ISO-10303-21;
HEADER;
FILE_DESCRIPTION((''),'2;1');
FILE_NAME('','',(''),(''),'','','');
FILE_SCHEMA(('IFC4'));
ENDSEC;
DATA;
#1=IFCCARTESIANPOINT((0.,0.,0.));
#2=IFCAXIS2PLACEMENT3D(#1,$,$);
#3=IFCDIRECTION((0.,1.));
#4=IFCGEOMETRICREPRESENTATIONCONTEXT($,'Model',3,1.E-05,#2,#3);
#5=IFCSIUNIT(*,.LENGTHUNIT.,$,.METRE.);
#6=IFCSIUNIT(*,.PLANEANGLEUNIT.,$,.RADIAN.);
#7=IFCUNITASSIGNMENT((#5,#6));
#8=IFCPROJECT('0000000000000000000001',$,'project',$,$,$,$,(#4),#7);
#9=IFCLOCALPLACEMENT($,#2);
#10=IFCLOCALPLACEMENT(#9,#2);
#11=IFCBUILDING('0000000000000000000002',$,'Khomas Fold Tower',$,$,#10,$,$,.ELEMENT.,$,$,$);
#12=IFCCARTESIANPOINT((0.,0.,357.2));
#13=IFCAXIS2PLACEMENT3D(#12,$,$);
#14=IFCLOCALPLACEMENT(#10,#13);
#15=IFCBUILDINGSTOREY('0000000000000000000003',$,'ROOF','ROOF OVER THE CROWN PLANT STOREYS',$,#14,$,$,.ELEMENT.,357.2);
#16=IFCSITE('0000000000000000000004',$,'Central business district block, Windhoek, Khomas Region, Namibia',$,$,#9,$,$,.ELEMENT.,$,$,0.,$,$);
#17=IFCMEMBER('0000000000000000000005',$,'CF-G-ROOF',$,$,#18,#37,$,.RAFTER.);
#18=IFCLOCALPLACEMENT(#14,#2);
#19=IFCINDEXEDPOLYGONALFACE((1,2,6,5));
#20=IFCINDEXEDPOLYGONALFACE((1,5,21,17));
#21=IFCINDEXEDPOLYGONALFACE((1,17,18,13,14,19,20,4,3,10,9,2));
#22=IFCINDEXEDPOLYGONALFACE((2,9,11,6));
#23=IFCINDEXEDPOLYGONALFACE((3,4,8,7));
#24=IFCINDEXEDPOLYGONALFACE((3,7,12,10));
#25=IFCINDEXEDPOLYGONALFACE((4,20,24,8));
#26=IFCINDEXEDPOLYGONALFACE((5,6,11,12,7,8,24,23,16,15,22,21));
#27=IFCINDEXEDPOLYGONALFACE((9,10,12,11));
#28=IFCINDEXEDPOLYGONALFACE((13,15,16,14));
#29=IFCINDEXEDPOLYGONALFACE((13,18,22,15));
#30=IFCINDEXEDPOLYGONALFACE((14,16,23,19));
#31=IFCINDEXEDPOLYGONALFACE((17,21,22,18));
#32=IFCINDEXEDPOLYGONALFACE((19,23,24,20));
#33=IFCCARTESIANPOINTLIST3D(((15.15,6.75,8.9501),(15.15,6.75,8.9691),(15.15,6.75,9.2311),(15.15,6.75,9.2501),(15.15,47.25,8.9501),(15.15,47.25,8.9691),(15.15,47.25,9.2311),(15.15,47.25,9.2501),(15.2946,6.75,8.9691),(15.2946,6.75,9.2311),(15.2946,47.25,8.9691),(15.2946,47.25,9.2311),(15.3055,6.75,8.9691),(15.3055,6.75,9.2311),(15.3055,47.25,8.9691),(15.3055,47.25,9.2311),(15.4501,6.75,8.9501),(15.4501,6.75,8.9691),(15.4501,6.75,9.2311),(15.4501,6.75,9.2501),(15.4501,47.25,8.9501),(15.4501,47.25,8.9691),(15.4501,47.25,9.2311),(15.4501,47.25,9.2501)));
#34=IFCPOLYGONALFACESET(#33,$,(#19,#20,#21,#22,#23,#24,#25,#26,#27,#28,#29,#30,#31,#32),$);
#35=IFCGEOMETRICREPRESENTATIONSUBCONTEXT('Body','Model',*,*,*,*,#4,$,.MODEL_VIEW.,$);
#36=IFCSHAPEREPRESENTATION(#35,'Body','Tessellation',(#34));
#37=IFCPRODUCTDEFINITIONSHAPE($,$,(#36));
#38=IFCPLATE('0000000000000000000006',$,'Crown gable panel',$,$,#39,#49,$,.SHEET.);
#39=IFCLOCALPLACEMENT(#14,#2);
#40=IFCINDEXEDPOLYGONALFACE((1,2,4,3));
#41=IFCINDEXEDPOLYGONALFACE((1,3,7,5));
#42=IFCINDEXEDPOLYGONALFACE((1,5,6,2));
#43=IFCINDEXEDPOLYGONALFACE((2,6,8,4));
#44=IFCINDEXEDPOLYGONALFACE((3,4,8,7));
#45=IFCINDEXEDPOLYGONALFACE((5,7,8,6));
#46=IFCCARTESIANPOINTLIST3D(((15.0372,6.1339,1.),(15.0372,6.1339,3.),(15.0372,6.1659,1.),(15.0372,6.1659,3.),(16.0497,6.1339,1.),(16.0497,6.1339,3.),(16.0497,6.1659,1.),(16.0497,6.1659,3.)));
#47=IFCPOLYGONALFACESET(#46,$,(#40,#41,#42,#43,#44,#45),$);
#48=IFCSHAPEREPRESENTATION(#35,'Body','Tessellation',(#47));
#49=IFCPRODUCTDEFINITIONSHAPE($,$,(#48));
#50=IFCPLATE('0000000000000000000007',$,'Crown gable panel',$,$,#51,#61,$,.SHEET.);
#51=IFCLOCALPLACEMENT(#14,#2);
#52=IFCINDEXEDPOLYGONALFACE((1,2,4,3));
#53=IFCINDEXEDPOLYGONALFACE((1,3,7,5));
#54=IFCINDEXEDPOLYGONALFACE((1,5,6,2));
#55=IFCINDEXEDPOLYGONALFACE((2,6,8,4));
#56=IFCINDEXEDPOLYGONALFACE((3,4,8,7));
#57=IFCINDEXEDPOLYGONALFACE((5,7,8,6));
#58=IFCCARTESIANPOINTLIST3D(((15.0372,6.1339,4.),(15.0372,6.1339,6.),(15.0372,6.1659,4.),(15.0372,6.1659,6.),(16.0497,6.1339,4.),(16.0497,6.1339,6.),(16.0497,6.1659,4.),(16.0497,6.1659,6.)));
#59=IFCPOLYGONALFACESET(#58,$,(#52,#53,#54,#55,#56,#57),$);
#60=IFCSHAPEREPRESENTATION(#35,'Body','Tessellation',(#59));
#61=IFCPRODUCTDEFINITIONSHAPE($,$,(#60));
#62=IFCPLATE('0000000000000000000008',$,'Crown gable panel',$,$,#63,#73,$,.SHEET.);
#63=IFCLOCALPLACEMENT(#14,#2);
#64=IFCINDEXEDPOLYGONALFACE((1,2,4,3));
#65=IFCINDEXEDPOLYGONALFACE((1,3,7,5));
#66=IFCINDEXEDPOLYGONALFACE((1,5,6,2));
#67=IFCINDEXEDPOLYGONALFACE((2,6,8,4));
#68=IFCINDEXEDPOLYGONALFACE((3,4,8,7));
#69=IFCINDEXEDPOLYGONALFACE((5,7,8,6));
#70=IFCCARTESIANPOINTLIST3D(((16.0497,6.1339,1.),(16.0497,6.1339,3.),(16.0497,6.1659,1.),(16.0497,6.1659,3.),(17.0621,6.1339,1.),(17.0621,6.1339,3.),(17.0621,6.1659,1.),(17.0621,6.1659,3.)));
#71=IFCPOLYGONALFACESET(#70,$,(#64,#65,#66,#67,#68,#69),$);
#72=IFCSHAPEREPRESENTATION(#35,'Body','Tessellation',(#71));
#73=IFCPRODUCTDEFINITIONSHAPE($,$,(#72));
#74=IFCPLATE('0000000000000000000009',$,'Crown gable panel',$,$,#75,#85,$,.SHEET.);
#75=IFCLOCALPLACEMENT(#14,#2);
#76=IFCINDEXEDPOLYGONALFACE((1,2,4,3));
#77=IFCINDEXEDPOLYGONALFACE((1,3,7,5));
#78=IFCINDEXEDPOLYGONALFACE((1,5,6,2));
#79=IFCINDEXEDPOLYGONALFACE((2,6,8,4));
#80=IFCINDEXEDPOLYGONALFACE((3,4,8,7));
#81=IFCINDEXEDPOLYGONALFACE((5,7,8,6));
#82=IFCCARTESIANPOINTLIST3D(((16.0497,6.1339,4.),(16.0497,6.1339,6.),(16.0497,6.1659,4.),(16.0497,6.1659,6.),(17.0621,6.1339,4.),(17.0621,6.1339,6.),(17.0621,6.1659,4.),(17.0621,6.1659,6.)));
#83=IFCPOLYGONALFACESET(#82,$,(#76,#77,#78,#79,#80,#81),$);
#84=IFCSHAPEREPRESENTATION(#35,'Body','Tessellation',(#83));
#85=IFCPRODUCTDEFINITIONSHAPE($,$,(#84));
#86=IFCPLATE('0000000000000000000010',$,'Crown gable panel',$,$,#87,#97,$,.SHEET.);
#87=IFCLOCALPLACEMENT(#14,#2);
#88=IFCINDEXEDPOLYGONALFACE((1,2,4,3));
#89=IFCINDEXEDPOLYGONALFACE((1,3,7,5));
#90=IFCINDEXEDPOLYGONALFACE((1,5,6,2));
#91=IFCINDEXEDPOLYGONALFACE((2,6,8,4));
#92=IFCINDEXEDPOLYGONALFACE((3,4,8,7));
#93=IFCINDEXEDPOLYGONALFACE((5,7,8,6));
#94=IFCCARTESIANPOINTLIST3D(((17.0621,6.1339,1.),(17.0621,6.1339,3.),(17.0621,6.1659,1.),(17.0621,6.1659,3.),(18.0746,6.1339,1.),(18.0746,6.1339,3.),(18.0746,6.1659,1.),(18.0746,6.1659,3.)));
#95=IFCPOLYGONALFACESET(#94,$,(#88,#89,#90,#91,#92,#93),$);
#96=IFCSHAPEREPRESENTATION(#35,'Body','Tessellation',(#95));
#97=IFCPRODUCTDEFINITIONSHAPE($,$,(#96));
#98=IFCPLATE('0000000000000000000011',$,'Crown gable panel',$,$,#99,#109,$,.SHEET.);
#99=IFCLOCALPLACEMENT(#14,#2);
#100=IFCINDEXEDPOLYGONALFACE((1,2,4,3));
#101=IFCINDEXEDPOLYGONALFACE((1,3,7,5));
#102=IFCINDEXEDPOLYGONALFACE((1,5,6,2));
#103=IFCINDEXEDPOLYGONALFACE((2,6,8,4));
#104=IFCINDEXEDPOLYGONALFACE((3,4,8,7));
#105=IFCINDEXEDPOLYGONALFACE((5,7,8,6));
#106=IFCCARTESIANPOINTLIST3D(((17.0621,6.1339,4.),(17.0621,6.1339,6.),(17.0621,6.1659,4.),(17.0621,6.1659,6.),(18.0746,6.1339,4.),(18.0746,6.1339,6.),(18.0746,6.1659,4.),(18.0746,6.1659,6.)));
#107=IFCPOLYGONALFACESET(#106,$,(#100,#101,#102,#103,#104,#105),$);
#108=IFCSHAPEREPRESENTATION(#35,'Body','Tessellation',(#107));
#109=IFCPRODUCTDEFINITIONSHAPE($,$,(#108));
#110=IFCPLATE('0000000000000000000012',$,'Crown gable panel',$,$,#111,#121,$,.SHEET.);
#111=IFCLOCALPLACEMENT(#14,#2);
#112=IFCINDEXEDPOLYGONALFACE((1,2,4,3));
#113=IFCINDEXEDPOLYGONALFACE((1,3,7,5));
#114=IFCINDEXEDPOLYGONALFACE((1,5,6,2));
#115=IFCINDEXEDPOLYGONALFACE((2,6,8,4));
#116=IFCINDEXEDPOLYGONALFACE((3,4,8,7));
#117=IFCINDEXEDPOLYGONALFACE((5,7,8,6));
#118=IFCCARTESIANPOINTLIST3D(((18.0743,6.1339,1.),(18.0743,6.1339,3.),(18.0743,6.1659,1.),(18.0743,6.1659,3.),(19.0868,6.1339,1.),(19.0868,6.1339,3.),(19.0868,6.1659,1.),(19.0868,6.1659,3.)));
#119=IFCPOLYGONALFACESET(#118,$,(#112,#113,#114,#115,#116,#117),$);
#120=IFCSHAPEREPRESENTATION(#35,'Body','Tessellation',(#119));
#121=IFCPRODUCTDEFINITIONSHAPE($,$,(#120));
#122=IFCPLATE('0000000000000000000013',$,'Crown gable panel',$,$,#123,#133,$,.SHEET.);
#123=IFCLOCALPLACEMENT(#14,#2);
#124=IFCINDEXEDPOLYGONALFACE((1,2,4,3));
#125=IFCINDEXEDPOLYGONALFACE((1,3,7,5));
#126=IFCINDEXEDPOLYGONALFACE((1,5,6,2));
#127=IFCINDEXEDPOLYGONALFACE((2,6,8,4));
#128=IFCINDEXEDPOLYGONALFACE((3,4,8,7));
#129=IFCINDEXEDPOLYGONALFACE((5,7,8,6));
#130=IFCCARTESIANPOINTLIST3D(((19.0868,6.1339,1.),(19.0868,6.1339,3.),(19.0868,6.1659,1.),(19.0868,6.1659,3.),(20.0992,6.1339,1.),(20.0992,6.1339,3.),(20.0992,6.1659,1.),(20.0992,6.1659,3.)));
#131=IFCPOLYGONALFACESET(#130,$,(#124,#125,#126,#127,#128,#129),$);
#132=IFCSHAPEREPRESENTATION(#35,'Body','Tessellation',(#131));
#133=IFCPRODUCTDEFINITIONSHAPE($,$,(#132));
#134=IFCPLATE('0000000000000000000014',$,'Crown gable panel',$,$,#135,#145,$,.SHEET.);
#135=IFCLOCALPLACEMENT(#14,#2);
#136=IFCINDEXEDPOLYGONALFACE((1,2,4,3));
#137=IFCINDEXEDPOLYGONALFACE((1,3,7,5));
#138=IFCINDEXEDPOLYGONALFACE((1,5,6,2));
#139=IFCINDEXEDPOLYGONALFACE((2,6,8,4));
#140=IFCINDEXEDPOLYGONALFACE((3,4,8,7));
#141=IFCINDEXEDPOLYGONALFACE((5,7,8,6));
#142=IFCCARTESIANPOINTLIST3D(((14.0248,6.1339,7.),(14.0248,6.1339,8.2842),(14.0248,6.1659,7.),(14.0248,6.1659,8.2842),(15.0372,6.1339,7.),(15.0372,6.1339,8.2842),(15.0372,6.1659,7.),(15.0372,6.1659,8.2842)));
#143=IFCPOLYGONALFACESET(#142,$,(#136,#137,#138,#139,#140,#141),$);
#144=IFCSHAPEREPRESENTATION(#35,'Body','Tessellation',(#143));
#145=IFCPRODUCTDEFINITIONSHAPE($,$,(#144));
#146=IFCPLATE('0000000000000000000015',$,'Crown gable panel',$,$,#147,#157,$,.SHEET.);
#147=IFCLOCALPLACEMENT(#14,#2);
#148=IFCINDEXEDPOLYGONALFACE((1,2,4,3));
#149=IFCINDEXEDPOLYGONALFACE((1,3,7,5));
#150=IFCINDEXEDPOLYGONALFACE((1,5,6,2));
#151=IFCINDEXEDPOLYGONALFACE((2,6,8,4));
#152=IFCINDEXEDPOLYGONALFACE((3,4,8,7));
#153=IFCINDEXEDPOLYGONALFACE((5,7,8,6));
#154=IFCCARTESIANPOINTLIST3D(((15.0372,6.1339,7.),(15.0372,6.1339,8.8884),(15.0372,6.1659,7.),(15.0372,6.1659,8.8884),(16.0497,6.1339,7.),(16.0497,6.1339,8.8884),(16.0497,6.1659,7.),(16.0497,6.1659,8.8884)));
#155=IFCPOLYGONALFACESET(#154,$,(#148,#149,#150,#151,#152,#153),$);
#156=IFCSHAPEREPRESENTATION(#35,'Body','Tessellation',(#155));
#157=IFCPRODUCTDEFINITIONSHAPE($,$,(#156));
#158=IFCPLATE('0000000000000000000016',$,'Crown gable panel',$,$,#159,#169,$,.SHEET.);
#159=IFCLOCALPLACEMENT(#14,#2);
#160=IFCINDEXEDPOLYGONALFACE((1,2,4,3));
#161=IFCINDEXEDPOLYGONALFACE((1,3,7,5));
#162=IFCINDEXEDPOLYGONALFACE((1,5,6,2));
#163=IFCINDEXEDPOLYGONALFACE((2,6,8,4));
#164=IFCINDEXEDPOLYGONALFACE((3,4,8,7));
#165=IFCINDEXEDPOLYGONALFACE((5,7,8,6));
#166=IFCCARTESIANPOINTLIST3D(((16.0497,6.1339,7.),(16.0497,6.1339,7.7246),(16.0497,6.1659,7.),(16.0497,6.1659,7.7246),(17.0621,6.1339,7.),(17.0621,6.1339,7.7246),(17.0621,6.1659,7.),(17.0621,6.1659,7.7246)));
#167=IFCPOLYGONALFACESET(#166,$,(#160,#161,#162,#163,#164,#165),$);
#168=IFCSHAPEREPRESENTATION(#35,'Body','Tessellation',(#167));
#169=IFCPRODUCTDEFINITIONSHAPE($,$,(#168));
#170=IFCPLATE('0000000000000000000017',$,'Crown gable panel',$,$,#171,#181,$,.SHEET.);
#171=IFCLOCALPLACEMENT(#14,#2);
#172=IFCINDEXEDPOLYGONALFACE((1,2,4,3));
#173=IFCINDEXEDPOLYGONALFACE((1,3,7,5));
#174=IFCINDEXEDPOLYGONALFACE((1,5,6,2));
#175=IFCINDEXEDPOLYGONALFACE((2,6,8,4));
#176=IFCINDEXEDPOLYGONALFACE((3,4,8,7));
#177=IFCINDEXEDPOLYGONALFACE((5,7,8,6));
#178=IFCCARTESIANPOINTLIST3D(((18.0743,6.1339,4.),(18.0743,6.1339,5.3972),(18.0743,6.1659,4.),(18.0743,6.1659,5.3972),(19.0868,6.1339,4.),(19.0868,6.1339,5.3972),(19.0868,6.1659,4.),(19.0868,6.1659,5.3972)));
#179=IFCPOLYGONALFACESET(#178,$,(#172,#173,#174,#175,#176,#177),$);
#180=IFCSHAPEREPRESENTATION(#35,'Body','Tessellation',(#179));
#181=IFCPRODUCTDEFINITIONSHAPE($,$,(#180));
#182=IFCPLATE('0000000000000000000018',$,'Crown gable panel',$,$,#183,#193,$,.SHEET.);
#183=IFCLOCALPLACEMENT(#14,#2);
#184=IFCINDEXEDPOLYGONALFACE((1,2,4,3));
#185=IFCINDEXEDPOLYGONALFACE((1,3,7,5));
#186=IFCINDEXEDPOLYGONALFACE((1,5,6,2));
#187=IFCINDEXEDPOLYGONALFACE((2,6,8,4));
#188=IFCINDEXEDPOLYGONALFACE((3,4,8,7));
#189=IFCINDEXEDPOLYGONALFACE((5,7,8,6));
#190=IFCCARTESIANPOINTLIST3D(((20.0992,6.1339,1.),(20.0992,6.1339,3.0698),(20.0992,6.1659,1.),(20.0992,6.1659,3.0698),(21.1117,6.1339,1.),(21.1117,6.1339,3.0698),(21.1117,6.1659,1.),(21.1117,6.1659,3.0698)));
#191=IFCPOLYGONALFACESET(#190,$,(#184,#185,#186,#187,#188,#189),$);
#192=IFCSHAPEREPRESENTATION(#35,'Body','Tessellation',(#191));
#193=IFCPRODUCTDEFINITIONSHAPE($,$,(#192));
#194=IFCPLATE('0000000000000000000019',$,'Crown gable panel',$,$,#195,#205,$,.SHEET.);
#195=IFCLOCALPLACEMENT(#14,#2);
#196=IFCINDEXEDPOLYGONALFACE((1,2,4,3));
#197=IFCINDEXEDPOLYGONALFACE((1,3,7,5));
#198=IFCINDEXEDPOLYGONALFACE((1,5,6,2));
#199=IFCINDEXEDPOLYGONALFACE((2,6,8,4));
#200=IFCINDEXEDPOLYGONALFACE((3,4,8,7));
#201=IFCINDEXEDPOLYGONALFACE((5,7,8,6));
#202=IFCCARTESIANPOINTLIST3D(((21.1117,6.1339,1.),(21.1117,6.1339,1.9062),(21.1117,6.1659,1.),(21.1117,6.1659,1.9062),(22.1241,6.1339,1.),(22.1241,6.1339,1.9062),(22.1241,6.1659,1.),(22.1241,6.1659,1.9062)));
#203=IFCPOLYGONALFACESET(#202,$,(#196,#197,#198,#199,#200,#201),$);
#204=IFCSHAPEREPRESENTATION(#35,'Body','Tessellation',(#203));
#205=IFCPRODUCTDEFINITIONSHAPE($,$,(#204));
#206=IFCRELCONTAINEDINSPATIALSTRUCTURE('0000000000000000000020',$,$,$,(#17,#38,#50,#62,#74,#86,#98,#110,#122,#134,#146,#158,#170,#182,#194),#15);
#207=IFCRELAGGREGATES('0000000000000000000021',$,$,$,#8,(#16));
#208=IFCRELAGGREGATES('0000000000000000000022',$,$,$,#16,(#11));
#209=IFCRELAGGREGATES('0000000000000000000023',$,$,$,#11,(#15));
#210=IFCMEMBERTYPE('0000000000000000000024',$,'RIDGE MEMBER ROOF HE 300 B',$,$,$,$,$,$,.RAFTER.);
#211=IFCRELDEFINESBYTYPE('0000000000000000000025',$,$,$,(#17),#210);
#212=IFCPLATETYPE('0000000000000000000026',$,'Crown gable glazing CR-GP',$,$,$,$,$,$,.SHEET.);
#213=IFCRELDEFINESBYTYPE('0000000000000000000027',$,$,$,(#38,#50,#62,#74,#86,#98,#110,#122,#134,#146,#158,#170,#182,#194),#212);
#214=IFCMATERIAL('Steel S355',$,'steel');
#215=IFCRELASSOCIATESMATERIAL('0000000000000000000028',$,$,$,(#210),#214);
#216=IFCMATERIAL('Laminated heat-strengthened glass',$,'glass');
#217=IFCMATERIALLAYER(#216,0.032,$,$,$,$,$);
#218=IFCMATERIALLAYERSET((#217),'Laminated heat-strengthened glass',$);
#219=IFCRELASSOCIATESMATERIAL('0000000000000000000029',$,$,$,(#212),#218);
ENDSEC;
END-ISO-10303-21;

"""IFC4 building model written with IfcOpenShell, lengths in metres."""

from ifc_helpers import new_model, si_unit, direction, frame, origin, origin_2d, place, context, subcontext, project, spatial, rectangle, i_section, extrude, source, transform, mapped, material, layer, layer_set, material_profile, profile_set, type_object, element, save


model = new_model("IFC4")

# Units and contexts
model_context = context("Model", 3, precision=1e-05, world=origin(), true_north=direction((0.0, 1.0)))
body_context = subcontext(model_context, "Body", "Model", "MODEL_VIEW")
ifc_project = project(units=[si_unit("LENGTHUNIT", "METRE"), si_unit("PLANEANGLEUNIT", "RADIAN")], contexts=[model_context])

# Site, building, storey
site_placement = place(None, origin())
site = spatial("IfcSite", under=ifc_project, at=site_placement, Name="Central business district block, Windhoek, Khomas Region, Namibia", CompositionType="ELEMENT", RefElevation=0.0)
building_placement = place(site_placement, origin())
building = spatial("IfcBuilding", under=site, at=building_placement, Name="Khomas Fold Tower", CompositionType="ELEMENT")
storey_placement = place(building_placement, frame((0.0, 0.0, 357.2)))
storey = spatial("IfcBuildingStorey", under=building, at=storey_placement, Name="ROOF", Description="ROOF OVER THE CROWN PLANT STOREYS", CompositionType="ELEMENT", Elevation=357.2)

# Member
ifc_material_1 = material(Name="Steel S355", Category="steel")
ifc_material_profile = material_profile(ifc_material_1, i_section(OverallWidth=0.3, OverallDepth=0.3, WebThickness=0.011, FlangeThickness=0.019, at=origin_2d()), Name="HE 300 B")
ifc_profile_set = profile_set([ifc_material_profile], Name="Steel S355")
member_type = type_object("IfcMemberType", Name="RIDGE MEMBER ROOF HE 300 B", PredefinedType="RAFTER", material=ifc_profile_set)
shared_shape_1 = source(origin(), body_context, "Body", "SweptSolid", [
    extrude(i_section(OverallWidth=0.3, OverallDepth=0.3, WebThickness=0.011, FlangeThickness=0.019, at=origin_2d()), origin(), (0.0, 0.0, 1.0), 40.5),
])
member_placement = place(storey_placement, frame((15.3, 6.75, 9.1001), z_axis=(0.0, 1.0, 0.0), x_axis=(-1.0, 0.0, 0.0)))
element("IfcMember", 1, at=member_placement, inside=storey, type_object=member_type, Name="CF-G-ROOF", PredefinedType="RAFTER", context=body_context, shape_type="MappedRepresentation", body=[
    mapped(shared_shape_1, transform((0.0, 0.0, 0.0))),
])

# Plates
ifc_material_2 = material(Name="Laminated heat-strengthened glass", Category="glass")
ifc_layer_1 = layer(ifc_material_2, 0.032)
ifc_layer_set_1 = layer_set([ifc_layer_1], Name="Laminated heat-strengthened glass")
plate_type = type_object("IfcPlateType", Name="Crown gable glazing CR-GP", PredefinedType="SHEET", material=ifc_layer_set_1)
shared_shape_2 = source(origin(), body_context, "Body", "SweptSolid", [
    extrude(rectangle(XDim=1.0125, YDim=0.032, at=origin_2d()), origin(), (0.0, 0.0, 1.0), 2.0),
])
for number, where, z_axis, x_axis, name in (
    (2, (15.5435, 6.1499, 1.0), (0.0, 0.0, 1.0), (1.0, 0.0, 0.0), "Crown gable panel"),
    (3, (15.5435, 6.1499, 4.0), (0.0, 0.0, 1.0), (1.0, 0.0, 0.0), "Crown gable panel"),
    (4, (16.5559, 6.1499, 1.0), (0.0, 0.0, 1.0), (1.0, 0.0, 0.0), "Crown gable panel"),
    (5, (16.5559, 6.1499, 4.0), (0.0, 0.0, 1.0), (1.0, 0.0, 0.0), "Crown gable panel"),
    (6, (17.5684, 6.1499, 1.0), (0.0, 0.0, 1.0), (1.0, 0.0, 0.0), "Crown gable panel"),
    (7, (17.5684, 6.1499, 4.0), (0.0, 0.0, 1.0), (1.0, 0.0, 0.0), "Crown gable panel"),
    (8, (18.5806, 6.1499, 1.0), (0.0, 0.0, 1.0), (1.0, 0.0, 0.0), "Crown gable panel"),
    (9, (19.593, 6.1499, 1.0), (0.0, 0.0, 1.0), (1.0, 0.0, 0.0), "Crown gable panel"),
):
    element("IfcPlate", number, at=place(storey_placement, frame(where, z_axis=z_axis, x_axis=x_axis)), inside=storey, type_object=plate_type, Name=name, PredefinedType="SHEET", context=body_context, shape_type="MappedRepresentation", body=[
        mapped(shared_shape_2, transform((0.0, 0.0, 0.0))),
    ])
shared_shape_3 = source(origin(), body_context, "Body", "SweptSolid", [
    extrude(rectangle(XDim=1.0125, YDim=0.032, at=origin_2d()), origin(), (0.0, 0.0, 1.0), 1.2842),
])
plate_1_placement = place(storey_placement, frame((14.531, 6.1499, 7.0), z_axis=(0.0, 0.0, 1.0), x_axis=(1.0, 0.0, 0.0)))
element("IfcPlate", 10, at=plate_1_placement, inside=storey, type_object=plate_type, Name="Crown gable panel", PredefinedType="SHEET", context=body_context, shape_type="MappedRepresentation", body=[
    mapped(shared_shape_3, transform((0.0, 0.0, 0.0))),
])
shared_shape_4 = source(origin(), body_context, "Body", "SweptSolid", [
    extrude(rectangle(XDim=1.0125, YDim=0.032, at=origin_2d()), origin(), (0.0, 0.0, 1.0), 1.8884),
])
plate_2_placement = place(storey_placement, frame((15.5435, 6.1499, 7.0), z_axis=(0.0, 0.0, 1.0), x_axis=(1.0, 0.0, 0.0)))
element("IfcPlate", 11, at=plate_2_placement, inside=storey, type_object=plate_type, Name="Crown gable panel", PredefinedType="SHEET", context=body_context, shape_type="MappedRepresentation", body=[
    mapped(shared_shape_4, transform((0.0, 0.0, 0.0))),
])
shared_shape_5 = source(origin(), body_context, "Body", "SweptSolid", [
    extrude(rectangle(XDim=1.0125, YDim=0.032, at=origin_2d()), origin(), (0.0, 0.0, 1.0), 0.7246),
])
plate_3_placement = place(storey_placement, frame((16.5559, 6.1499, 7.0), z_axis=(0.0, 0.0, 1.0), x_axis=(1.0, 0.0, 0.0)))
element("IfcPlate", 12, at=plate_3_placement, inside=storey, type_object=plate_type, Name="Crown gable panel", PredefinedType="SHEET", context=body_context, shape_type="MappedRepresentation", body=[
    mapped(shared_shape_5, transform((0.0, 0.0, 0.0))),
])
shared_shape_6 = source(origin(), body_context, "Body", "SweptSolid", [
    extrude(rectangle(XDim=1.0125, YDim=0.032, at=origin_2d()), origin(), (0.0, 0.0, 1.0), 1.3972),
])
plate_4_placement = place(storey_placement, frame((18.5806, 6.1499, 4.0), z_axis=(0.0, 0.0, 1.0), x_axis=(1.0, 0.0, 0.0)))
element("IfcPlate", 13, at=plate_4_placement, inside=storey, type_object=plate_type, Name="Crown gable panel", PredefinedType="SHEET", context=body_context, shape_type="MappedRepresentation", body=[
    mapped(shared_shape_6, transform((0.0, 0.0, 0.0))),
])
shared_shape_7 = source(origin(), body_context, "Body", "SweptSolid", [
    extrude(rectangle(XDim=1.0125, YDim=0.032, at=origin_2d()), origin(), (0.0, 0.0, 1.0), 2.0698),
])
plate_5_placement = place(storey_placement, frame((20.6055, 6.1499, 1.0), z_axis=(0.0, 0.0, 1.0), x_axis=(1.0, 0.0, 0.0)))
element("IfcPlate", 14, at=plate_5_placement, inside=storey, type_object=plate_type, Name="Crown gable panel", PredefinedType="SHEET", context=body_context, shape_type="MappedRepresentation", body=[
    mapped(shared_shape_7, transform((0.0, 0.0, 0.0))),
])
shared_shape_8 = source(origin(), body_context, "Body", "SweptSolid", [
    extrude(rectangle(XDim=1.0125, YDim=0.032, at=origin_2d()), origin(), (0.0, 0.0, 1.0), 0.9062),
])
plate_6_placement = place(storey_placement, frame((21.6179, 6.1499, 1.0), z_axis=(0.0, 0.0, 1.0), x_axis=(1.0, 0.0, 0.0)))
element("IfcPlate", 15, at=plate_6_placement, inside=storey, type_object=plate_type, Name="Crown gable panel", PredefinedType="SHEET", context=body_context, shape_type="MappedRepresentation", body=[
    mapped(shared_shape_8, transform((0.0, 0.0, 0.0))),
])

save(model, "model.ifc")
